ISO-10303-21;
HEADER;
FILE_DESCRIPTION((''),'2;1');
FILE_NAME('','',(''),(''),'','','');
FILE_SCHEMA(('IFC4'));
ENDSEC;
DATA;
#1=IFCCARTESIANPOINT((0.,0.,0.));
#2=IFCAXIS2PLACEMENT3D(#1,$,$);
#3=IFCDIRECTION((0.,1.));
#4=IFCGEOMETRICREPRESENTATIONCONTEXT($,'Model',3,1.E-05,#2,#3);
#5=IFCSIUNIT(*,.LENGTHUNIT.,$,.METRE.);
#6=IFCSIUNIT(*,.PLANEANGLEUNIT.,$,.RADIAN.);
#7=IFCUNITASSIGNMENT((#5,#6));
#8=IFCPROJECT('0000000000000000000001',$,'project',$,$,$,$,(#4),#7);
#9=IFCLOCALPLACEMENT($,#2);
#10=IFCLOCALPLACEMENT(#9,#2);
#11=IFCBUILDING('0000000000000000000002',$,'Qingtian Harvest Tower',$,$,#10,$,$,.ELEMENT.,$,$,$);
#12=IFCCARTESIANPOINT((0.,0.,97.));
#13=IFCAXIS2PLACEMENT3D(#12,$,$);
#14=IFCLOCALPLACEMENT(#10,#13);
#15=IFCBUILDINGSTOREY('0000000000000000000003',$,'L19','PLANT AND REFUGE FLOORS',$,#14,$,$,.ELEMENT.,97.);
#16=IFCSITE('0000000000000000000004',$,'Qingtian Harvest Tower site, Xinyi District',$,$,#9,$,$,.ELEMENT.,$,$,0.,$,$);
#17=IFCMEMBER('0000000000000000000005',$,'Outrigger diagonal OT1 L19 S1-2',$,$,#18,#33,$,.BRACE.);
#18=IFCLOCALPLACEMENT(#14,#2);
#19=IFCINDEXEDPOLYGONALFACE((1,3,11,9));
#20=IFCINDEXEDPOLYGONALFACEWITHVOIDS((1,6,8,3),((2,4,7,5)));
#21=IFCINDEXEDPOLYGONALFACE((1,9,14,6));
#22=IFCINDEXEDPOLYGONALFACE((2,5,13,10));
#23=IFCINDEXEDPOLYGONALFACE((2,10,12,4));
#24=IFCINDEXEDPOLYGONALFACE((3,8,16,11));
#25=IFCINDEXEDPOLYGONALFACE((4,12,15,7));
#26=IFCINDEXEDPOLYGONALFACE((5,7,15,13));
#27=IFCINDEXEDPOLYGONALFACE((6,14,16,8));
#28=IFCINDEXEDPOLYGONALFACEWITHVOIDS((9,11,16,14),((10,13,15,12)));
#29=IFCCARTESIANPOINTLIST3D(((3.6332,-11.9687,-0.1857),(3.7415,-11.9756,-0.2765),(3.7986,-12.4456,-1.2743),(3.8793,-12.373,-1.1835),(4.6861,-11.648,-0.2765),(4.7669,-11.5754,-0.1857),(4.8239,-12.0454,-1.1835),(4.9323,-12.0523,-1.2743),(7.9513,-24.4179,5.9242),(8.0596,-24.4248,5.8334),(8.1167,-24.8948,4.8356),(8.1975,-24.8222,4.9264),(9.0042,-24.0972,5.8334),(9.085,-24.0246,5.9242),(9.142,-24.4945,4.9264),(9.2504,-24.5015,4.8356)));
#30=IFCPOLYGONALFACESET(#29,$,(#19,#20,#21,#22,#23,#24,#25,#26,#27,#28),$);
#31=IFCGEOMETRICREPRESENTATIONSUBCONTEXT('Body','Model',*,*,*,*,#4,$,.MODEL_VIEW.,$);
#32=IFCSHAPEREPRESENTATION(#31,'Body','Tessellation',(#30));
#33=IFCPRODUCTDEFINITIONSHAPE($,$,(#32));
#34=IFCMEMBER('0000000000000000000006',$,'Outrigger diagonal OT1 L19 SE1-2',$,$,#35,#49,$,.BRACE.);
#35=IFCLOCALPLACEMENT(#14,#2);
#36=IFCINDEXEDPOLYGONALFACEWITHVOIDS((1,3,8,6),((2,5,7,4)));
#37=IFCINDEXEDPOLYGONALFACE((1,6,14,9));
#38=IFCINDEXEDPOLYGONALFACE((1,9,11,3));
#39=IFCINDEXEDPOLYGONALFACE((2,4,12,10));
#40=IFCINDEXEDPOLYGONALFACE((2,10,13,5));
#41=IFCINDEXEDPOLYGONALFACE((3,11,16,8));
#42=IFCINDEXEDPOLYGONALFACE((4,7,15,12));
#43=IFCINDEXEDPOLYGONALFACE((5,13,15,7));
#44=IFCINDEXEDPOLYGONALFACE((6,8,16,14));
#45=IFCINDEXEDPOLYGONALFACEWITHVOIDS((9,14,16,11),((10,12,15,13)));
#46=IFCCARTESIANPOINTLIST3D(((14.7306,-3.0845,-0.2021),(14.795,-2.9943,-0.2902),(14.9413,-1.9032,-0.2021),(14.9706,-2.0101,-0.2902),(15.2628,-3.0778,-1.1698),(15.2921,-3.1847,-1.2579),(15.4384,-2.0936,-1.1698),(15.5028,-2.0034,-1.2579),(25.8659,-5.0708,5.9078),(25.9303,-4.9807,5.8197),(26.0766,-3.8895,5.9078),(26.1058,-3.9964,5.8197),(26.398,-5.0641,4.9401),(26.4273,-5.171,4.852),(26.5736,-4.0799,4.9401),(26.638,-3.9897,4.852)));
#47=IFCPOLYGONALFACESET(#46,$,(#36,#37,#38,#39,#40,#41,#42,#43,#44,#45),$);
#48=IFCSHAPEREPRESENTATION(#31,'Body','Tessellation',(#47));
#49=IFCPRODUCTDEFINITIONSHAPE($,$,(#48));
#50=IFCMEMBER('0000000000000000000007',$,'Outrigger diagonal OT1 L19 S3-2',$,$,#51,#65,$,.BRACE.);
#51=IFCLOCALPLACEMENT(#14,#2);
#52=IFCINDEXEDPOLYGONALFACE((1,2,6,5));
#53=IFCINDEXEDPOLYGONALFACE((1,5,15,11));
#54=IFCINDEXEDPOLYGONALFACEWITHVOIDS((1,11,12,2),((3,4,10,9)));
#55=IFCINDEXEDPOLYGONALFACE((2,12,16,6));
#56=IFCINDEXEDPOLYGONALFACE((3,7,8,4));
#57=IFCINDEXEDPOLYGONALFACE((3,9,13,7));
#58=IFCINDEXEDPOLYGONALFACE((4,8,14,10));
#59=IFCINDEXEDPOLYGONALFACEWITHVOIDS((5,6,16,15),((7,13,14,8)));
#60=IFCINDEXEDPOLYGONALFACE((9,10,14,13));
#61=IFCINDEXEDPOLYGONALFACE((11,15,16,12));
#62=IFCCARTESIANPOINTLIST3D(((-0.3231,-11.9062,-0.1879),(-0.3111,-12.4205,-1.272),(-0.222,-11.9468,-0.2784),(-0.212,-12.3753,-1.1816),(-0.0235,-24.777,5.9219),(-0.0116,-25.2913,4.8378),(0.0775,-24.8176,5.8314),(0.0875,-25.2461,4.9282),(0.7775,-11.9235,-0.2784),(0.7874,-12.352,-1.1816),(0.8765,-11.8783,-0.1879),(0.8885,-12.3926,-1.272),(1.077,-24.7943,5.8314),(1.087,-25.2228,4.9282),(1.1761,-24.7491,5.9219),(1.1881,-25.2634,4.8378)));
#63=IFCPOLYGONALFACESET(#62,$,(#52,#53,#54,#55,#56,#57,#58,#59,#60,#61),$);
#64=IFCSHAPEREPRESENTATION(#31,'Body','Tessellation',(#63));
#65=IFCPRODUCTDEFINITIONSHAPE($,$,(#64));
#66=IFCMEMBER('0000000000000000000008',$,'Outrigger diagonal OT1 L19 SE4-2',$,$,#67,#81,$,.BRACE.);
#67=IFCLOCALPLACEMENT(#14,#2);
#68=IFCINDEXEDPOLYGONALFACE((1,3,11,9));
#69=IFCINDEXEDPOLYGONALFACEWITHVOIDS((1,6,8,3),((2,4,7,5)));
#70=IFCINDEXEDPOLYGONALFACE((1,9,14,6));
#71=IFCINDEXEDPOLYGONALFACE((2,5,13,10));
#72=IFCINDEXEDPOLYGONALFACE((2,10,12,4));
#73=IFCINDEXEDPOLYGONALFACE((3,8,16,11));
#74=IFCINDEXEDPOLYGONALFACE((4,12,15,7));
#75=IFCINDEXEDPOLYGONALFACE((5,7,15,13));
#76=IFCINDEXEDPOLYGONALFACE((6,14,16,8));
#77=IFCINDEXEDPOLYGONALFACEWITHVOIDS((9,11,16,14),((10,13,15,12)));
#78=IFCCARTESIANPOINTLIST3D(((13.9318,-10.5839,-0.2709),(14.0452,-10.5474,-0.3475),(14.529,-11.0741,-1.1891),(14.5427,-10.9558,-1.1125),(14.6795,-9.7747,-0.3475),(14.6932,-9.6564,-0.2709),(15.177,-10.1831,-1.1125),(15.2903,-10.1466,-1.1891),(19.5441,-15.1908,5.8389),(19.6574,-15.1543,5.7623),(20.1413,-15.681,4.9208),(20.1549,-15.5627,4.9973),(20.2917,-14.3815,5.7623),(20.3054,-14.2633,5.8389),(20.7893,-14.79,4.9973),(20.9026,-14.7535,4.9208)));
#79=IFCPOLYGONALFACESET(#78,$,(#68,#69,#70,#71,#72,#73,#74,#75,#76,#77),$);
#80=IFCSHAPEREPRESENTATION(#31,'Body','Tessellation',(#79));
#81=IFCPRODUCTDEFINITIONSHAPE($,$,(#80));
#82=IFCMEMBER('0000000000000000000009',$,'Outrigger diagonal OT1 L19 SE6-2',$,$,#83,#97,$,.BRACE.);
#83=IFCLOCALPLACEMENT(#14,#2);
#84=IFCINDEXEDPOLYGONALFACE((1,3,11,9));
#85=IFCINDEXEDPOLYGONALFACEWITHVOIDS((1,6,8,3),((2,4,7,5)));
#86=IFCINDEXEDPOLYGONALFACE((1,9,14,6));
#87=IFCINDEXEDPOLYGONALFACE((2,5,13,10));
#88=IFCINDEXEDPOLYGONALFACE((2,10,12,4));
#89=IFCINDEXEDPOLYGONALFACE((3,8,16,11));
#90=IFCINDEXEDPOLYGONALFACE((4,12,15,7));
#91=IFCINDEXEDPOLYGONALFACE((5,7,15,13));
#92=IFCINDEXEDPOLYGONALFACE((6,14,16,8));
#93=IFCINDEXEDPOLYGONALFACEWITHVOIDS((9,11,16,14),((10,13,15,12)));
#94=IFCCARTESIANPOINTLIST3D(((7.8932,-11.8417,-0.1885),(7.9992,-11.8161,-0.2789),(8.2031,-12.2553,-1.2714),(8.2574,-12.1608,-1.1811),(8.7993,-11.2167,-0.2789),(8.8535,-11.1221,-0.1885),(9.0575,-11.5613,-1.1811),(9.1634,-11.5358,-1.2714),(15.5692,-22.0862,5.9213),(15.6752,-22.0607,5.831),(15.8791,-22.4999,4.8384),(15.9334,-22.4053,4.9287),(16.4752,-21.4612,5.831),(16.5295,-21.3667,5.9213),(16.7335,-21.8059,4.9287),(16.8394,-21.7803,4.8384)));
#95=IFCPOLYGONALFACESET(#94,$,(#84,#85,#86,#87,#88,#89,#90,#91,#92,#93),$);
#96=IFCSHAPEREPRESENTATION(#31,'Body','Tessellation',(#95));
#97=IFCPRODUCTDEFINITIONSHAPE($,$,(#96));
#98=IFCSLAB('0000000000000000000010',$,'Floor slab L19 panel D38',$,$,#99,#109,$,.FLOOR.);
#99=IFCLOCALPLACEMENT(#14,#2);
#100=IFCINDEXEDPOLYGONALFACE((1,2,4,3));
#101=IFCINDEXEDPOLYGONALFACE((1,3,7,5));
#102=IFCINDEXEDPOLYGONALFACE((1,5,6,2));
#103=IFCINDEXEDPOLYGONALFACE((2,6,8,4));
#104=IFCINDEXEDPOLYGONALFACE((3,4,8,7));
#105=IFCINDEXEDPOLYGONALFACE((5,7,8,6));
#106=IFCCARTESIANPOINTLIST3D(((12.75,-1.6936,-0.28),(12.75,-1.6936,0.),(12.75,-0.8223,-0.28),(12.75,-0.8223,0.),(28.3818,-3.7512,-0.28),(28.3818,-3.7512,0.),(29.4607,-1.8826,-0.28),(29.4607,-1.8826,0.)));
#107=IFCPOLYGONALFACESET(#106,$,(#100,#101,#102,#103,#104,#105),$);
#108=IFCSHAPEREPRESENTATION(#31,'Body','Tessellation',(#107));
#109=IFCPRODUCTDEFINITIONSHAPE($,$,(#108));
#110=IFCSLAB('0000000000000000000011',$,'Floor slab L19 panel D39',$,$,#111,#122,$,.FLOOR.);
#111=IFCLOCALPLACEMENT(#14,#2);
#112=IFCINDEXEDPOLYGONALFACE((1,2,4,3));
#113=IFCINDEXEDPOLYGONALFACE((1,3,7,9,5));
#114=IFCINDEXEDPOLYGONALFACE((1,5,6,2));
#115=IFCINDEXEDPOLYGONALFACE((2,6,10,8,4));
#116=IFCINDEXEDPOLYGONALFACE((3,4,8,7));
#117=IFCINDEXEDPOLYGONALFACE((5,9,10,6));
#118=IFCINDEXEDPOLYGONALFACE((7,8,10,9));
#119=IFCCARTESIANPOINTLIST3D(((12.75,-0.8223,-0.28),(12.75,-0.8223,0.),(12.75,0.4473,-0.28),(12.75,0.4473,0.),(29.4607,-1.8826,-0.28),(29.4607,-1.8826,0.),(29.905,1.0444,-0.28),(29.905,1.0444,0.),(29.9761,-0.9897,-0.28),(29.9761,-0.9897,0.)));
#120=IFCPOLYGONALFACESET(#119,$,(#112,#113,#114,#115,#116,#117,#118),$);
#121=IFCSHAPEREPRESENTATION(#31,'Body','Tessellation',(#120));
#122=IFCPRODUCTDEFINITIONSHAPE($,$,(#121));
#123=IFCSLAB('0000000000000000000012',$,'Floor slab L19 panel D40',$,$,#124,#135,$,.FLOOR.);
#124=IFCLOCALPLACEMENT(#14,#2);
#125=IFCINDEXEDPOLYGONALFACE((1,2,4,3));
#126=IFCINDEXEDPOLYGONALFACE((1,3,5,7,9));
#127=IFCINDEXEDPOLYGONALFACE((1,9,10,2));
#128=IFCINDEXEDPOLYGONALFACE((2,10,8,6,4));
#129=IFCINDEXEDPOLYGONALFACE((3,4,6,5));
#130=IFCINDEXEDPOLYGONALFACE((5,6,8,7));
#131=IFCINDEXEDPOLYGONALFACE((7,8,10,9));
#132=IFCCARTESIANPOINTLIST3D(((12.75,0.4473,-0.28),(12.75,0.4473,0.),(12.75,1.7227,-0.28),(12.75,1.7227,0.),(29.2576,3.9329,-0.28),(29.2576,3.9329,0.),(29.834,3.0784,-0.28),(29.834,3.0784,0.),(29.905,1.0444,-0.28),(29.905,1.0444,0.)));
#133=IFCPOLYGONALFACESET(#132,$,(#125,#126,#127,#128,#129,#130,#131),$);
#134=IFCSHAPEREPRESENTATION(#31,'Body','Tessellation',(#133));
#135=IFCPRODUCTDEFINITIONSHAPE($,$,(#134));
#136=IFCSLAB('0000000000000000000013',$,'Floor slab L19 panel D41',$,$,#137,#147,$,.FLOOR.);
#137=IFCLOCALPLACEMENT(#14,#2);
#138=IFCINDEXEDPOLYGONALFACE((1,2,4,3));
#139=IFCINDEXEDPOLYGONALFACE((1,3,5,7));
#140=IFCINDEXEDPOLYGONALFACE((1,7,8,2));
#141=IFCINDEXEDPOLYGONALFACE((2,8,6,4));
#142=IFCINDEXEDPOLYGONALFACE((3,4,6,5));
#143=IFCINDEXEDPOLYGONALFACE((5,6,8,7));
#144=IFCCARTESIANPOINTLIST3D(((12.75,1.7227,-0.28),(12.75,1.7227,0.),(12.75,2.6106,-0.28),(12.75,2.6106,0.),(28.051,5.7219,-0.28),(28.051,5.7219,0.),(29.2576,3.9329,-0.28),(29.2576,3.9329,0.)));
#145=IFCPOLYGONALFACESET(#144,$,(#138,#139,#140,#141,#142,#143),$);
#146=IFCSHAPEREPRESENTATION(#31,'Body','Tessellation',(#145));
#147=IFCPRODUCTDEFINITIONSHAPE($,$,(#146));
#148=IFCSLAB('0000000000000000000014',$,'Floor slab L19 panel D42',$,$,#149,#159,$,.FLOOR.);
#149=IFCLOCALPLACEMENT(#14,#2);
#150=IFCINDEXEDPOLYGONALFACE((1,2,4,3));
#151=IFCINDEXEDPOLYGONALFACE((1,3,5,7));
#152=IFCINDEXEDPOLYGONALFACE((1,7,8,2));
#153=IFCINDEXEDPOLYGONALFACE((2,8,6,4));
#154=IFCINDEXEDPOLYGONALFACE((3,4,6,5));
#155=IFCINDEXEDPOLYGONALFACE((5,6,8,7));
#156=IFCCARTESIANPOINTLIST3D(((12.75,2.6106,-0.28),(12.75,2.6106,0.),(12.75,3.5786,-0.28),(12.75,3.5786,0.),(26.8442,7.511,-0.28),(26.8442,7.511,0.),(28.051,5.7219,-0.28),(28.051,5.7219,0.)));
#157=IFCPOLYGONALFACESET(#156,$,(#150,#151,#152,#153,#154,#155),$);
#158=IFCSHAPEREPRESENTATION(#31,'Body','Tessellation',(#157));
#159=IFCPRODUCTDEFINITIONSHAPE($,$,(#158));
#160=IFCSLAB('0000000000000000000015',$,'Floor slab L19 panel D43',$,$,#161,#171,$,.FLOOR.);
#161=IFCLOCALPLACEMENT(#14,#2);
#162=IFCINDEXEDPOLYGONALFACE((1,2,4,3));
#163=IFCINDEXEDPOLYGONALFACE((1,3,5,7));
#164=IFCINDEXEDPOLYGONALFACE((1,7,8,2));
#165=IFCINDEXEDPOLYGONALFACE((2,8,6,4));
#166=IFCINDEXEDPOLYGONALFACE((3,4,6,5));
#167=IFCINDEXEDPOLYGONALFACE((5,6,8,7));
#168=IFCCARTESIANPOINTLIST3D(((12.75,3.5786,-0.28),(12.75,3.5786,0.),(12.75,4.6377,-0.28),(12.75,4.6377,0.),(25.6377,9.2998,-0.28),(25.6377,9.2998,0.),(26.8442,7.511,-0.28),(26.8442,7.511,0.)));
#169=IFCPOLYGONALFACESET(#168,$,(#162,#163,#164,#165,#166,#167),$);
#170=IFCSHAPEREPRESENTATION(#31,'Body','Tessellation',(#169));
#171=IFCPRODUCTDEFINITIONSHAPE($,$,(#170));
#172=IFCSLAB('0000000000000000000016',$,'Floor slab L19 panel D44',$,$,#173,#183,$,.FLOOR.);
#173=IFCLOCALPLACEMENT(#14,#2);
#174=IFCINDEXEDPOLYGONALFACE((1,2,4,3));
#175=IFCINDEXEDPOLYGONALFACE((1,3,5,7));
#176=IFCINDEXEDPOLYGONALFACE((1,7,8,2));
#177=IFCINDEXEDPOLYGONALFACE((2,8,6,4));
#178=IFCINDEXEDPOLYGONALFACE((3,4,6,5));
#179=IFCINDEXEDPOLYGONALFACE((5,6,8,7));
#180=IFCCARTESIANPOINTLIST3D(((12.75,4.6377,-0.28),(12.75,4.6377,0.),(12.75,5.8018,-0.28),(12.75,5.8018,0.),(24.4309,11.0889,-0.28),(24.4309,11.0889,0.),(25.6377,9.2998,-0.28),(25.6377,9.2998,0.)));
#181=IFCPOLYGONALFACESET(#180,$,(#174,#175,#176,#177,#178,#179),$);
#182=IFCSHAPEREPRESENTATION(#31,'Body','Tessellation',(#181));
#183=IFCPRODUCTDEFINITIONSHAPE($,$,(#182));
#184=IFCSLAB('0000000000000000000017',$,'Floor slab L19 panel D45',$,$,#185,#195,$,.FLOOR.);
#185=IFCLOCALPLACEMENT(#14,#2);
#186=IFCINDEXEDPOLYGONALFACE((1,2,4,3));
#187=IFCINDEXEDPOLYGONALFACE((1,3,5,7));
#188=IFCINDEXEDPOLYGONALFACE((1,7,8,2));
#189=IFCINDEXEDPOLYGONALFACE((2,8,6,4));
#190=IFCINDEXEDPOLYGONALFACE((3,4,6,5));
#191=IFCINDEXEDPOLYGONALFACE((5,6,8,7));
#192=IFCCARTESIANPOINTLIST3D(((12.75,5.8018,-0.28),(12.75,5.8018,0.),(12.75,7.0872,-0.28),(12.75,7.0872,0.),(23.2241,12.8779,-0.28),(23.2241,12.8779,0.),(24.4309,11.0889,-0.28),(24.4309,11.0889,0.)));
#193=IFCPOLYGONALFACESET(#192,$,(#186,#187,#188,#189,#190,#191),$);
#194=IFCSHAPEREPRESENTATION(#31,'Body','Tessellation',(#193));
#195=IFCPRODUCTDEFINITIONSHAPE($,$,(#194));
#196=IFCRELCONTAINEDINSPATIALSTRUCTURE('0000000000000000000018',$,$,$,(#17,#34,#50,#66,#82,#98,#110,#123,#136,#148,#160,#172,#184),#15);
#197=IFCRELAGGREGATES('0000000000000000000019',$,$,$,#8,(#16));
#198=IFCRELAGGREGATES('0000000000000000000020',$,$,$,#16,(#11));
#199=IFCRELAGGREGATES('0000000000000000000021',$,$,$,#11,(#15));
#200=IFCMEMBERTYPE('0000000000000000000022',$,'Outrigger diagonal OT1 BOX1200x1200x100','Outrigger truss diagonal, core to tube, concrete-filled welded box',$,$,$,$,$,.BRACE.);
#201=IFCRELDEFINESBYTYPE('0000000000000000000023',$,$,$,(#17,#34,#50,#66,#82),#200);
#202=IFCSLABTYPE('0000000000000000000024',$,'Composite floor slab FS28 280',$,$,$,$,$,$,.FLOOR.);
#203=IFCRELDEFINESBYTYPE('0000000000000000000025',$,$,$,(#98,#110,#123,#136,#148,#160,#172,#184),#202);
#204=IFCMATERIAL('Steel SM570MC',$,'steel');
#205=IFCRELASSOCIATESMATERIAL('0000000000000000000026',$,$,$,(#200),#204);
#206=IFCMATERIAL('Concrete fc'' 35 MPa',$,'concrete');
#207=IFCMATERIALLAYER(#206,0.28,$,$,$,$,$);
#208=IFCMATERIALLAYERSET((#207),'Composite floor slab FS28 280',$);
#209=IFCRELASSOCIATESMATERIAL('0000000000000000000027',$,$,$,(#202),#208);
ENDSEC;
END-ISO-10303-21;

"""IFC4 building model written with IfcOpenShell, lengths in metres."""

from ifc_helpers import new_model, si_unit, direction, frame, origin, origin_2d, place, context, subcontext, project, spatial, polyline, hollow_rectangle, outline, extrude, material, layer, layer_set, material_profile, profile_set, type_object, element, save


model = new_model("IFC4")

# Units and contexts
model_context = context("Model", 3, precision=1e-05, world=origin(), true_north=direction((0.0, 1.0)))
body_context = subcontext(model_context, "Body", "Model", "MODEL_VIEW")
ifc_project = project(units=[si_unit("LENGTHUNIT", "METRE"), si_unit("PLANEANGLEUNIT", "RADIAN")], contexts=[model_context])

# Site, building, storey
site_placement = place(None, origin())
site = spatial("IfcSite", under=ifc_project, at=site_placement, Name="Qingtian Harvest Tower site, Xinyi District", CompositionType="ELEMENT", RefElevation=0.0)
building_placement = place(site_placement, origin())
building = spatial("IfcBuilding", under=site, at=building_placement, Name="Qingtian Harvest Tower", CompositionType="ELEMENT")
storey_placement = place(building_placement, frame((0.0, 0.0, 97.0)))
storey = spatial("IfcBuildingStorey", under=building, at=storey_placement, Name="L19", Description="PLANT AND REFUGE FLOORS", CompositionType="ELEMENT", Elevation=97.0)

# Members
ifc_material_1 = material(Name="Steel SM570MC", Category="steel")
ifc_material_profile = material_profile(ifc_material_1, hollow_rectangle(XDim=1.2, YDim=1.2, WallThickness=0.1001, at=origin_2d()), Name="BOX1200x1200x100")
ifc_profile_set = profile_set([ifc_material_profile], Name="Steel SM570MC")
member_type = type_object("IfcMemberType", Name="Outrigger diagonal OT1 BOX1200x1200x100", Description="Outrigger truss diagonal, core to tube, concrete-filled welded box", PredefinedType="BRACE", material=ifc_profile_set)
member_1_placement = place(storey_placement, frame((4.2827, -12.0105, -0.73), z_axis=(0.2973, -0.857122, 0.420661), x_axis=(0.94478, 0.327705, 0.0)))
element("IfcMember", 1, at=member_1_placement, inside=storey, type_object=member_type, Name="Outrigger diagonal OT1 L19 S1-2", PredefinedType="BRACE", context=body_context, shape_type="SweptSolid", body=[
    extrude(hollow_rectangle(XDim=1.2, YDim=1.2, WallThickness=0.1001, at=origin_2d()), origin(), (0.0, 0.0, 1.0), 14.5244),
])
member_2_placement = place(storey_placement, frame((15.1167, -2.5439, -0.73), z_axis=(0.86617, -0.154509, 0.475264), x_axis=(0.17561, 0.98446, 0.0)))
element("IfcMember", 2, at=member_2_placement, inside=storey, type_object=member_type, Name="Outrigger diagonal OT1 L19 SE1-2", PredefinedType="BRACE", context=body_context, shape_type="SweptSolid", body=[
    extrude(hollow_rectangle(XDim=1.2, YDim=1.2, WallThickness=0.1001, at=origin_2d()), origin(), (0.0, 0.0, 1.0), 12.8557),
])
member_3_placement = place(storey_placement, frame((0.2827, -12.1494, -0.73), z_axis=(0.021021, -0.903181, 0.428745), x_axis=(0.999729, 0.023268, 0.0)))
element("IfcMember", 3, at=member_3_placement, inside=storey, type_object=member_type, Name="Outrigger diagonal OT1 L19 S3-2", PredefinedType="BRACE", context=body_context, shape_type="SweptSolid", body=[
    extrude(hollow_rectangle(XDim=1.2, YDim=1.2, WallThickness=0.1001, at=origin_2d()), origin(), (0.0, 0.0, 1.0), 14.2505),
])
member_4_placement = place(storey_placement, frame((14.6111, -10.3652, -0.73), z_axis=(0.591417, -0.485473, 0.643849), x_axis=(0.634478, 0.772941, 0.0)))
element("IfcMember", 4, at=member_4_placement, inside=storey, type_object=member_type, Name="Outrigger diagonal OT1 L19 SE4-2", PredefinedType="BRACE", context=body_context, shape_type="SweptSolid", body=[
    extrude(hollow_rectangle(XDim=1.2, YDim=1.2, WallThickness=0.1001, at=origin_2d()), origin(), (0.0, 0.0, 1.0), 9.4895),
])
member_5_placement = place(storey_placement, frame((8.5283, -11.6887, -0.73), z_axis=(0.54115, -0.722234, 0.430738), x_axis=(0.800279, 0.599628, 0.0)))
element("IfcMember", 5, at=member_5_placement, inside=storey, type_object=member_type, Name="Outrigger diagonal OT1 L19 SE6-2", PredefinedType="BRACE", context=body_context, shape_type="SweptSolid", body=[
    extrude(hollow_rectangle(XDim=1.2, YDim=1.2, WallThickness=0.1001, at=origin_2d()), origin(), (0.0, 0.0, 1.0), 14.1846),
])

# Slabs
ifc_material_2 = material(Name="Concrete fc' 35 MPa", Category="concrete")
ifc_layer_1 = layer(ifc_material_2, 0.28)
ifc_layer_set_1 = layer_set([ifc_layer_1], Name="Composite floor slab FS28 280")
slab_type = type_object("IfcSlabType", Name="Composite floor slab FS28 280", PredefinedType="FLOOR", material=ifc_layer_set_1)
slab_1_placement = place(storey_placement, frame((0.0, 0.0, -0.28)))
element("IfcSlab", 6, at=slab_1_placement, inside=storey, type_object=slab_type, Name="Floor slab L19 panel D38", PredefinedType="FLOOR", context=body_context, shape_type="SweptSolid", body=[
    extrude(outline(polyline([(12.75, -0.8223), (29.4607, -1.8826), (28.3818, -3.7512), (12.75, -1.6936), (12.75, -0.8223)])), origin(), (0.0, 0.0, 1.0), 0.28),
])
slab_2_placement = place(storey_placement, frame((0.0, 0.0, -0.28)))
element("IfcSlab", 7, at=slab_2_placement, inside=storey, type_object=slab_type, Name="Floor slab L19 panel D39", PredefinedType="FLOOR", context=body_context, shape_type="SweptSolid", body=[
    extrude(outline(polyline([(12.75, -0.8223), (12.75, 0.4473), (29.905, 1.0444), (29.9761, -0.9897), (29.4607, -1.8826), (12.75, -0.8223)])), origin(), (0.0, 0.0, 1.0), 0.28),
])
slab_3_placement = place(storey_placement, frame((0.0, 0.0, -0.28)))
element("IfcSlab", 8, at=slab_3_placement, inside=storey, type_object=slab_type, Name="Floor slab L19 panel D40", PredefinedType="FLOOR", context=body_context, shape_type="SweptSolid", body=[
    extrude(outline(polyline([(12.75, 0.4473), (12.75, 1.7227), (29.2576, 3.9329), (29.834, 3.0784), (29.905, 1.0444), (12.75, 0.4473)])), origin(), (0.0, 0.0, 1.0), 0.28),
])
slab_4_placement = place(storey_placement, frame((0.0, 0.0, -0.28)))
element("IfcSlab", 9, at=slab_4_placement, inside=storey, type_object=slab_type, Name="Floor slab L19 panel D41", PredefinedType="FLOOR", context=body_context, shape_type="SweptSolid", body=[
    extrude(outline(polyline([(12.75, 2.6106), (28.051, 5.7219), (29.2576, 3.9329), (12.75, 1.7227), (12.75, 2.6106)])), origin(), (0.0, 0.0, 1.0), 0.28),
])
slab_5_placement = place(storey_placement, frame((0.0, 0.0, -0.28)))
element("IfcSlab", 10, at=slab_5_placement, inside=storey, type_object=slab_type, Name="Floor slab L19 panel D42", PredefinedType="FLOOR", context=body_context, shape_type="SweptSolid", body=[
    extrude(outline(polyline([(12.75, 3.5786), (26.8442, 7.511), (28.051, 5.7219), (12.75, 2.6106), (12.75, 3.5786)])), origin(), (0.0, 0.0, 1.0), 0.28),
])
slab_6_placement = place(storey_placement, frame((0.0, 0.0, -0.28)))
element("IfcSlab", 11, at=slab_6_placement, inside=storey, type_object=slab_type, Name="Floor slab L19 panel D43", PredefinedType="FLOOR", context=body_context, shape_type="SweptSolid", body=[
    extrude(outline(polyline([(12.75, 4.6377), (25.6377, 9.2998), (26.8442, 7.511), (12.75, 3.5786), (12.75, 4.6377)])), origin(), (0.0, 0.0, 1.0), 0.28),
])
slab_7_placement = place(storey_placement, frame((0.0, 0.0, -0.28)))
element("IfcSlab", 12, at=slab_7_placement, inside=storey, type_object=slab_type, Name="Floor slab L19 panel D44", PredefinedType="FLOOR", context=body_context, shape_type="SweptSolid", body=[
    extrude(outline(polyline([(12.75, 5.8018), (24.4309, 11.0889), (25.6377, 9.2998), (12.75, 4.6377), (12.75, 5.8018)])), origin(), (0.0, 0.0, 1.0), 0.28),
])
slab_8_placement = place(storey_placement, frame((0.0, 0.0, -0.28)))
element("IfcSlab", 13, at=slab_8_placement, inside=storey, type_object=slab_type, Name="Floor slab L19 panel D45", PredefinedType="FLOOR", context=body_context, shape_type="SweptSolid", body=[
    extrude(outline(polyline([(12.75, 7.0872), (23.2241, 12.8779), (24.4309, 11.0889), (12.75, 5.8018), (12.75, 7.0872)])), origin(), (0.0, 0.0, 1.0), 0.28),
])

save(model, "model.ifc")
